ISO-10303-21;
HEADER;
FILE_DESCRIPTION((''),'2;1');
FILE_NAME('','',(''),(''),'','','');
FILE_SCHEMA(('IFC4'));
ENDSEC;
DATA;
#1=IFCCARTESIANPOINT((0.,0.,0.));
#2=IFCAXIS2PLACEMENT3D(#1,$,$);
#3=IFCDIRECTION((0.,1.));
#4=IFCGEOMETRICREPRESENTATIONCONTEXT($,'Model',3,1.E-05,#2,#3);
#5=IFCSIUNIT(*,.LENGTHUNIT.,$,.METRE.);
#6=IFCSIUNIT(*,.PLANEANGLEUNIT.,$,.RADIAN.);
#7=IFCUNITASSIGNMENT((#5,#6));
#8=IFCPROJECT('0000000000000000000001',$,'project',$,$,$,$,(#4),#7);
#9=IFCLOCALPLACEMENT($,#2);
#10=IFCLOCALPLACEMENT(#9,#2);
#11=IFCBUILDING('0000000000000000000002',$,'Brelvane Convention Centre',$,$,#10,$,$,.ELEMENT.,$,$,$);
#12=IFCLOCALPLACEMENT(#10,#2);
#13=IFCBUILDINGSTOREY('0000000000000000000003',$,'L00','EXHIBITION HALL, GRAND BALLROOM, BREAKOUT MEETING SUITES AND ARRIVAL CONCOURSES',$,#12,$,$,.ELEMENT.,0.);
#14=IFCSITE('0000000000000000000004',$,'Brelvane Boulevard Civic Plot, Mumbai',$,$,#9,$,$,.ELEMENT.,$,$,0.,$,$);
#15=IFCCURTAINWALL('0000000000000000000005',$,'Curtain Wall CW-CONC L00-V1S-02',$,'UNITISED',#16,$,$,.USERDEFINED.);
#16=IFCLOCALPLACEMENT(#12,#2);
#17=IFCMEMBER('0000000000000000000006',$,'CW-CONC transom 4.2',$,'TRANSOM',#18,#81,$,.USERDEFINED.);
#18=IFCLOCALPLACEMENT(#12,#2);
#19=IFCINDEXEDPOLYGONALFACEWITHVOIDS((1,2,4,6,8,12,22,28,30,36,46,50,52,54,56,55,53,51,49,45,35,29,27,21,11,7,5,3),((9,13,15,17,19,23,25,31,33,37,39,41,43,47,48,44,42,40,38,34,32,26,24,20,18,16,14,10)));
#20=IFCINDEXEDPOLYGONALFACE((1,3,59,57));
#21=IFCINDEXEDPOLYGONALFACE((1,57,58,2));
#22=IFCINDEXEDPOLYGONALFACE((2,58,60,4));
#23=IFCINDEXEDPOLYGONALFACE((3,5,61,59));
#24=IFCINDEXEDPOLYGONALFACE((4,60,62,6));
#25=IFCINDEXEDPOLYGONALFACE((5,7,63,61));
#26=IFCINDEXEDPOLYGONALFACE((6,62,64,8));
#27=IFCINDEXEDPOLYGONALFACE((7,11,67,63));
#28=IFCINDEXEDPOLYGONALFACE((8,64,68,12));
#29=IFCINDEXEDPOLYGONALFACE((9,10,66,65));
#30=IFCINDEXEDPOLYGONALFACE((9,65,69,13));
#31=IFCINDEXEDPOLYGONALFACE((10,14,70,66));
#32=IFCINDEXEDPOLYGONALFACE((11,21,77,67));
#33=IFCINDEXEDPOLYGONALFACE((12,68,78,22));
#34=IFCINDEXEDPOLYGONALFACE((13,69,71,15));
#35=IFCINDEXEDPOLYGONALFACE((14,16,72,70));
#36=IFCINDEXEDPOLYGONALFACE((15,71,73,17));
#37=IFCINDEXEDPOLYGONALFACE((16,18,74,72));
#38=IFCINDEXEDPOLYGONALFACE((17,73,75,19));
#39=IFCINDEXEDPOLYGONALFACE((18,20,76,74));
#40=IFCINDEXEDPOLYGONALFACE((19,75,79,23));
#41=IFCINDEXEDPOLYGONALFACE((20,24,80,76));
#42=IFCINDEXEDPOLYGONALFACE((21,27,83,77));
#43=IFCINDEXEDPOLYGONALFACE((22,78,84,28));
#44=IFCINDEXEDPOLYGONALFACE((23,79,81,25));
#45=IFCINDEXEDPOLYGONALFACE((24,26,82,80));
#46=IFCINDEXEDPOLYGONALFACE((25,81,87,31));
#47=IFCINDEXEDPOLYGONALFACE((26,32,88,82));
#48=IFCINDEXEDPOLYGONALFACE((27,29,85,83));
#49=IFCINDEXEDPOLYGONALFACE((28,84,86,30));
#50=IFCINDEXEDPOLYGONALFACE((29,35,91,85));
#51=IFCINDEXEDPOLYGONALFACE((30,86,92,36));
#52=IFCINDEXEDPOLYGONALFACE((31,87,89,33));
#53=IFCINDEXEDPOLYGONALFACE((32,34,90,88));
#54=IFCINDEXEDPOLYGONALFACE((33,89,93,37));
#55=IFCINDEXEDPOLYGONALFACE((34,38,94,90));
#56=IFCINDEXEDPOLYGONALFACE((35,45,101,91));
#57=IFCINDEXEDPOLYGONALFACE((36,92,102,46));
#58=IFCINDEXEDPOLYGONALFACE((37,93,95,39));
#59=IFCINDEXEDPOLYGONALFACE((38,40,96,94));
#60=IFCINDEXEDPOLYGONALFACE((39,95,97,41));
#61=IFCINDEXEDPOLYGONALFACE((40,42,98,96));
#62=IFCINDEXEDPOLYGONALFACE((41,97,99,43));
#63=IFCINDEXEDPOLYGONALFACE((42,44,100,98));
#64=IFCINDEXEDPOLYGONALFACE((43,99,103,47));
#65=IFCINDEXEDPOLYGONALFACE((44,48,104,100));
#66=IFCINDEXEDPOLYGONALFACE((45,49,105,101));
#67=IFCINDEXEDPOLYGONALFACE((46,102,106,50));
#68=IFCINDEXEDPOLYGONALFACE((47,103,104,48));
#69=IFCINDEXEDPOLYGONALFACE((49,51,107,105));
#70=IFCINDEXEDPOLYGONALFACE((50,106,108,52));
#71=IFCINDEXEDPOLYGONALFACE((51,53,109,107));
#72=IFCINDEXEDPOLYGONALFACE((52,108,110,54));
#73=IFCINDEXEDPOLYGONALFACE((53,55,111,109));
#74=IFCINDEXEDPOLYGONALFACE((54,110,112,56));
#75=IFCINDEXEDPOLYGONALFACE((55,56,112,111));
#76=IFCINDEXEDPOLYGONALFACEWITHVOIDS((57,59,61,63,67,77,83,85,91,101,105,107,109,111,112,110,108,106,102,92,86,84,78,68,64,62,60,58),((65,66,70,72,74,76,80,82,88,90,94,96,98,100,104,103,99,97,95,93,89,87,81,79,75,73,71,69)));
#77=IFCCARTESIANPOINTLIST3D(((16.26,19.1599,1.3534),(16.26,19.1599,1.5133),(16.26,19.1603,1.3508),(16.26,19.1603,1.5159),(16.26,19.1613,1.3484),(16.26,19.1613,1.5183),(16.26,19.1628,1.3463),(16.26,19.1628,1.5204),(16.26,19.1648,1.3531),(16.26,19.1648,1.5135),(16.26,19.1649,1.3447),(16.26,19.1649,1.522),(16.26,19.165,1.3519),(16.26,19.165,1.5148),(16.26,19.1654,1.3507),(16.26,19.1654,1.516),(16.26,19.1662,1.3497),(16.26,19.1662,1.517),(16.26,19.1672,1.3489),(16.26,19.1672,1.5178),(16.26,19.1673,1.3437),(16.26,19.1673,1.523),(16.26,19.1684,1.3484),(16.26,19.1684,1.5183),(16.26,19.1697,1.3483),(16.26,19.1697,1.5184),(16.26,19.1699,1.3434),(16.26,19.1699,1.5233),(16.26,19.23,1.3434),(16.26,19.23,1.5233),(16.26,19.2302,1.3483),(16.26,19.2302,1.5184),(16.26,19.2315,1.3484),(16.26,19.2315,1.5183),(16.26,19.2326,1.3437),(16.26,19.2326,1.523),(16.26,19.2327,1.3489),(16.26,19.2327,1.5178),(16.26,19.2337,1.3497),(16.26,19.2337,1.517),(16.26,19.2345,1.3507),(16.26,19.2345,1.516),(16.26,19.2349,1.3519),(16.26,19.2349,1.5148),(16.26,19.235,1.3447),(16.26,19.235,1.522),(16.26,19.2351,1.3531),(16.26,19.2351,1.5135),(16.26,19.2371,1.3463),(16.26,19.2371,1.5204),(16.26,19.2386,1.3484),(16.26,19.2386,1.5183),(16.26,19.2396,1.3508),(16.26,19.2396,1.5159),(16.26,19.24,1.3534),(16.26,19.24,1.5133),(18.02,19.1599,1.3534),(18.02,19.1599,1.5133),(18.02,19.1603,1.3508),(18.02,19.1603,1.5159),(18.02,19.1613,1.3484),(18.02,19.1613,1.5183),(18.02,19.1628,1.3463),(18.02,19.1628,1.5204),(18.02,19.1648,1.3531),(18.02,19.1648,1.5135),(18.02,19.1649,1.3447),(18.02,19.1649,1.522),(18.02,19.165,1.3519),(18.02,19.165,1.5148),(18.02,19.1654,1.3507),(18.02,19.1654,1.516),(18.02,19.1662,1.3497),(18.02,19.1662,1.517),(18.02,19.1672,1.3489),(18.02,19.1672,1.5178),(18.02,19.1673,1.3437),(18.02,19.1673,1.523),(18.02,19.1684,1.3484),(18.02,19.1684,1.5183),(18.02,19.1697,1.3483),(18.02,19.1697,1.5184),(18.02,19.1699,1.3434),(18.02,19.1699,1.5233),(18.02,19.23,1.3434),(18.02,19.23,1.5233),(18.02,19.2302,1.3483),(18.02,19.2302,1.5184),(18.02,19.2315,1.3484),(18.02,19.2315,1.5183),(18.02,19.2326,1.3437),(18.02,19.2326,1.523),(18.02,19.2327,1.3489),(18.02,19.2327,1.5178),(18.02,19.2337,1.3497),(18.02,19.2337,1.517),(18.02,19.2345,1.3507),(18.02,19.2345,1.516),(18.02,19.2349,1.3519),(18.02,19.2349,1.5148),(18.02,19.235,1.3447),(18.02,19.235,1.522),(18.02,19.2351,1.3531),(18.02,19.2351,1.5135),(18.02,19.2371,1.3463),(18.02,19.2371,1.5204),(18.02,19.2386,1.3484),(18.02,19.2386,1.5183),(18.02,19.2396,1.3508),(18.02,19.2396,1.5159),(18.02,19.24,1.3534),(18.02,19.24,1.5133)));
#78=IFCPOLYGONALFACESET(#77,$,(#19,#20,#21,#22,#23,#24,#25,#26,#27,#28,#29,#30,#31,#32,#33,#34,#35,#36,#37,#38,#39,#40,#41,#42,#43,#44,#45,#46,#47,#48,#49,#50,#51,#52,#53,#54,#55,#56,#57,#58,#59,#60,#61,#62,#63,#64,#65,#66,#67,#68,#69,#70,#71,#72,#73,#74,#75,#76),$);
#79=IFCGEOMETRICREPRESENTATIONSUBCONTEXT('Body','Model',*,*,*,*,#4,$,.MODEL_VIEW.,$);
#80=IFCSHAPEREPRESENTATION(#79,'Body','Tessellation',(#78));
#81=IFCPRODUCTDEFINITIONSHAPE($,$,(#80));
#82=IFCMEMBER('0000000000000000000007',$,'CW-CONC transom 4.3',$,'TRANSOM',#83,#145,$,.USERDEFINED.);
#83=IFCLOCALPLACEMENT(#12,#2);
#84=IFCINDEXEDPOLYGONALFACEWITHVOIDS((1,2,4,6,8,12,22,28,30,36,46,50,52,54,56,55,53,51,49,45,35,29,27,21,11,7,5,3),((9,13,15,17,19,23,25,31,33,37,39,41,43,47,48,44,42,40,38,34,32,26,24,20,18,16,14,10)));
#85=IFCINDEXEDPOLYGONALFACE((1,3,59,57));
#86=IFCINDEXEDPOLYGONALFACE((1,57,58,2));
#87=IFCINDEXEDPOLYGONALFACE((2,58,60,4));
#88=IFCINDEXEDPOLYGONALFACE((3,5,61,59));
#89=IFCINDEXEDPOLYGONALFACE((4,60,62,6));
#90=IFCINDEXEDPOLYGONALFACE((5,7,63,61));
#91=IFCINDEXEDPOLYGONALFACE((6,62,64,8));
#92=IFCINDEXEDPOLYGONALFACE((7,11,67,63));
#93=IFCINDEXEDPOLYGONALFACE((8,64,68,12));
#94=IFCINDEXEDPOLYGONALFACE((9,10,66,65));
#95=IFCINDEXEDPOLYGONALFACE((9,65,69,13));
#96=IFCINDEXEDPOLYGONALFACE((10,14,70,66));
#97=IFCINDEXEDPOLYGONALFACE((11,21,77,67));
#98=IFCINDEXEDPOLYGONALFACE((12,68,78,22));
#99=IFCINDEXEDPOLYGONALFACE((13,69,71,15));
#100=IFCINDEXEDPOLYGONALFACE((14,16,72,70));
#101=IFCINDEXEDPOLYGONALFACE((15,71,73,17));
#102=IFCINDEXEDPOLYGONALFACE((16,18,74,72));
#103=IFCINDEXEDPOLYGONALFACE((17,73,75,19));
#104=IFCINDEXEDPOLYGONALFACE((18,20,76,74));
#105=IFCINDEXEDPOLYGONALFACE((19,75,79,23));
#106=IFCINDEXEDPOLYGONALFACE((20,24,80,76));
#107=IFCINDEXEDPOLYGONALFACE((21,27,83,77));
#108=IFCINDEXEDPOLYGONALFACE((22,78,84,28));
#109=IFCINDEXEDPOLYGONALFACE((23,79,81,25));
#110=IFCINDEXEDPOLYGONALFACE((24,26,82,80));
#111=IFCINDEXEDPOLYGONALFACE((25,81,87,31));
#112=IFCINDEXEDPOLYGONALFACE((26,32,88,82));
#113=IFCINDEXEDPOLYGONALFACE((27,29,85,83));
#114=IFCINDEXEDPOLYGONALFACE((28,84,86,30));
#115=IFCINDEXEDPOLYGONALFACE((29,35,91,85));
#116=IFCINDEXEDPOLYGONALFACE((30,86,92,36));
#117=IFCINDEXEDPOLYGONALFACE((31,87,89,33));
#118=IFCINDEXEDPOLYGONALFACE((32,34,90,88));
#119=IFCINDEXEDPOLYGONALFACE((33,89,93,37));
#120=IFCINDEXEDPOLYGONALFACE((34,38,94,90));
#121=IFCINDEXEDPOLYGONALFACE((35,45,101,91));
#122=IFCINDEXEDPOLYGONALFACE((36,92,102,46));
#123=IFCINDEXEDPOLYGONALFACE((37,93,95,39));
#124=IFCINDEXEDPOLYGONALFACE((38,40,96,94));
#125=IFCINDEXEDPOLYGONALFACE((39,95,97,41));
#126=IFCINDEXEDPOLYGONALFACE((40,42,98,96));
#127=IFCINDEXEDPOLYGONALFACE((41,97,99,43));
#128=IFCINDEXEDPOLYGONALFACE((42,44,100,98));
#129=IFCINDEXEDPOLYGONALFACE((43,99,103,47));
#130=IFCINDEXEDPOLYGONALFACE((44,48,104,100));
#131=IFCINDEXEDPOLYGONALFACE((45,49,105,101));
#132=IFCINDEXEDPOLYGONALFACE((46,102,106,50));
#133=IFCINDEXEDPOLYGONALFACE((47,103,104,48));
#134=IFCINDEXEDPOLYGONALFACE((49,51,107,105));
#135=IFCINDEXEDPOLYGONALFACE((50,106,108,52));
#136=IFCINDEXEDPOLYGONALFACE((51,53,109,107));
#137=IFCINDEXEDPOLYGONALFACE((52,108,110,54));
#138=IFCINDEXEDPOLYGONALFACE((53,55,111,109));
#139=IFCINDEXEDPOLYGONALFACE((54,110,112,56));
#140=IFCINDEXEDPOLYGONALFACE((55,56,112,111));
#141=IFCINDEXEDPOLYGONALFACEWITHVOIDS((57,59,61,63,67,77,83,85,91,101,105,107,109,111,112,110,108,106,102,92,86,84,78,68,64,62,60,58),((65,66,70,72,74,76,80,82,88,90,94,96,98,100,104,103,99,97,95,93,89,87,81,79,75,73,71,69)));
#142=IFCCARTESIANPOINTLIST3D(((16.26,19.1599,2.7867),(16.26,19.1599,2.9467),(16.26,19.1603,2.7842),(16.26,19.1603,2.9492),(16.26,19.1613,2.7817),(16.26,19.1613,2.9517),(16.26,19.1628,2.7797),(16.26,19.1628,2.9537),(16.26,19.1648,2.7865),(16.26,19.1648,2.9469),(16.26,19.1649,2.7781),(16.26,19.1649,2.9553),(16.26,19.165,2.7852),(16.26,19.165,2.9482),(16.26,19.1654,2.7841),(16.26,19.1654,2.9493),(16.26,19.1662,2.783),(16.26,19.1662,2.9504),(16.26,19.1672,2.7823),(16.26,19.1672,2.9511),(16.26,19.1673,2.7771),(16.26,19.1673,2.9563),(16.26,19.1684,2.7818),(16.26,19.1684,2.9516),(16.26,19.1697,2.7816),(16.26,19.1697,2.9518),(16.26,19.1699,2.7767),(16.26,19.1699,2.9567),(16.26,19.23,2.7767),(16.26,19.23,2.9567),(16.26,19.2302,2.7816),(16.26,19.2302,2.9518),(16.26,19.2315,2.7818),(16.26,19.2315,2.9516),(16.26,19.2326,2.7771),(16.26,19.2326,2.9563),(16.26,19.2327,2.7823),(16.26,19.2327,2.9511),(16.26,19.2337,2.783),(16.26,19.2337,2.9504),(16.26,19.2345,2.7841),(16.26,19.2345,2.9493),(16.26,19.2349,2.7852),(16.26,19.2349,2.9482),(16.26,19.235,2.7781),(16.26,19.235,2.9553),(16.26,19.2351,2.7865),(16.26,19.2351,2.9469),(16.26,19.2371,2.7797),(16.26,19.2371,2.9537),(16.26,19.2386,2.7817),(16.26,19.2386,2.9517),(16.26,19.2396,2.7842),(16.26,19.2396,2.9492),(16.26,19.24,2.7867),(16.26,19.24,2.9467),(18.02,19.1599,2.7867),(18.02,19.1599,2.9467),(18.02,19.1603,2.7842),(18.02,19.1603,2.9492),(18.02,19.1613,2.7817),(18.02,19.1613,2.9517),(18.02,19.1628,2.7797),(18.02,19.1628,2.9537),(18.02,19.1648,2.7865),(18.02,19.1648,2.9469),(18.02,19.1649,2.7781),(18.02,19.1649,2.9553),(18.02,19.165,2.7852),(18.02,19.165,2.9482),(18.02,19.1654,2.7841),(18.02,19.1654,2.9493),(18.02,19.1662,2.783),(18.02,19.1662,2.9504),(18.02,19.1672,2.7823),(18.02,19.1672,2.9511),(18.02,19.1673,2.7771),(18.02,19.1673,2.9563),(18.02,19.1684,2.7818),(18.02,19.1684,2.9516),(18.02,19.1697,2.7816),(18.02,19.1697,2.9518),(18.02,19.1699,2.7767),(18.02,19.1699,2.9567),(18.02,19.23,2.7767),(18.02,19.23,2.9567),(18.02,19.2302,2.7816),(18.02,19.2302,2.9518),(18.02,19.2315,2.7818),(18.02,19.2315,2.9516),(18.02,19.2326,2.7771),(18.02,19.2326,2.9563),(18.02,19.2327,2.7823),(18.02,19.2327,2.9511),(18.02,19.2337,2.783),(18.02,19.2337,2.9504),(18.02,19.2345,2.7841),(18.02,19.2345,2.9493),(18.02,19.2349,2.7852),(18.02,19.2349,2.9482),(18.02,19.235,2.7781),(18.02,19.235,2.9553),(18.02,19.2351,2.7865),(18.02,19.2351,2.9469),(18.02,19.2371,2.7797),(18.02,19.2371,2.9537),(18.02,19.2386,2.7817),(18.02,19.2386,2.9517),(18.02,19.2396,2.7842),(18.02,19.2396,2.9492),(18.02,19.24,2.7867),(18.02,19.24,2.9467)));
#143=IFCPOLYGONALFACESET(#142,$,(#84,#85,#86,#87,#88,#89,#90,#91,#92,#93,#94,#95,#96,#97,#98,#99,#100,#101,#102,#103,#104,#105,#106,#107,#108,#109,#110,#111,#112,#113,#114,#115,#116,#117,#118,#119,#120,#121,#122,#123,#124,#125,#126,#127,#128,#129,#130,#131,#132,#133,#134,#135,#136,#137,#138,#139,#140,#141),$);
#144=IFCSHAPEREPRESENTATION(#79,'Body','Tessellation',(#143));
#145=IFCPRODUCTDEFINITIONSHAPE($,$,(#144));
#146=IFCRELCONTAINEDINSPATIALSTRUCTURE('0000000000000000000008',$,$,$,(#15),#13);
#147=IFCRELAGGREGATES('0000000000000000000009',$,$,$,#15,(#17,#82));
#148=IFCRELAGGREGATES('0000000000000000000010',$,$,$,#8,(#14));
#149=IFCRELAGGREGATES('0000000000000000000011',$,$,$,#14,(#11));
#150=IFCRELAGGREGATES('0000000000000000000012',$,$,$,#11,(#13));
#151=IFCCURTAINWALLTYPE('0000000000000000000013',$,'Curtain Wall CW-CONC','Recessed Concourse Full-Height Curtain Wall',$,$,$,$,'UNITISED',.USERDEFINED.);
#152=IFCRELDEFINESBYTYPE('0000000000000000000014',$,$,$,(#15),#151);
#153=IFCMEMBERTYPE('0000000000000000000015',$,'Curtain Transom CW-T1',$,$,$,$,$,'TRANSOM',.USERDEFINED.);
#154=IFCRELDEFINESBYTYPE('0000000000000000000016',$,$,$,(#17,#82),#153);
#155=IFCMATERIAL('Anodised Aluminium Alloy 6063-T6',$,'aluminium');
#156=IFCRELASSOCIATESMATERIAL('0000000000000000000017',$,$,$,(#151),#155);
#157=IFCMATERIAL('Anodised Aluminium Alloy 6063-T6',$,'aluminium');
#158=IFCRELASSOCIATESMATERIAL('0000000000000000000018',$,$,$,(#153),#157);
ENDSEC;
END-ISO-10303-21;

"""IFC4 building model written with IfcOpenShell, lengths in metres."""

from ifc_helpers import new_model, si_unit, direction, frame, origin, origin_2d, place, context, subcontext, project, spatial, hollow_rectangle, extrude, material, material_profile, profile_set, type_object, element, aggregate, save


model = new_model("IFC4")

# Units and contexts
model_context = context("Model", 3, precision=1e-05, world=origin(), true_north=direction((0.0, 1.0)))
body_context = subcontext(model_context, "Body", "Model", "MODEL_VIEW")
ifc_project = project(units=[si_unit("LENGTHUNIT", "METRE"), si_unit("PLANEANGLEUNIT", "RADIAN")], contexts=[model_context])

# Site, building, storey
site_placement = place(None, origin())
site = spatial("IfcSite", under=ifc_project, at=site_placement, Name="Brelvane Boulevard Civic Plot, Mumbai", CompositionType="ELEMENT", RefElevation=0.0)
building_placement = place(site_placement, origin())
building = spatial("IfcBuilding", under=site, at=building_placement, Name="Brelvane Convention Centre", CompositionType="ELEMENT")
storey_placement = place(building_placement, origin())
storey = spatial("IfcBuildingStorey", under=building, at=storey_placement, Name="L00", Description="EXHIBITION HALL, GRAND BALLROOM, BREAKOUT MEETING SUITES AND ARRIVAL CONCOURSES", CompositionType="ELEMENT", Elevation=0.0)

# Curtain wall, members
ifc_material_1 = material(Name="Anodised Aluminium Alloy 6063-T6", Category="aluminium")
curtain_wall_type = type_object("IfcCurtainWallType", Name="Curtain Wall CW-CONC", Description="Recessed Concourse Full-Height Curtain Wall", ElementType="UNITISED", PredefinedType="USERDEFINED", material=ifc_material_1)
curtain_wall_placement = place(storey_placement, origin())
curtain_wall = element("IfcCurtainWall", 1, at=curtain_wall_placement, inside=storey, type_object=curtain_wall_type, Name="Curtain Wall CW-CONC L00-V1S-02", ObjectType="UNITISED", PredefinedType="USERDEFINED")
ifc_material_2 = material(Name="Anodised Aluminium Alloy 6063-T6", Category="aluminium")
ifc_material_profile_1 = material_profile(ifc_material_2, hollow_rectangle(XDim=0.0801, YDim=0.1799, WallThickness=0.0049, InnerFilletRadius=0.0049, OuterFilletRadius=0.01, at=origin_2d()), Name="ALU-T 180x80x5.0")
ifc_profile_set_1 = profile_set([ifc_material_profile_1], Name="Anodised Aluminium Alloy 6063-T6")
member_type_1 = type_object("IfcMemberType", Name="Curtain Transom CW-T1", ElementType="TRANSOM", PredefinedType="USERDEFINED", material=ifc_profile_set_1)
member_1_placement = place(storey_placement, frame((16.26, 19.2, 1.4333), z_axis=(1.0, 0.0, 0.0), x_axis=(0.0, 1.0, 0.0)))
member_1 = element("IfcMember", 2, at=member_1_placement, type_object=member_type_1, Name="CW-CONC transom 4.2", ObjectType="TRANSOM", PredefinedType="USERDEFINED", context=body_context, shape_type="SweptSolid", body=[
    extrude(hollow_rectangle(XDim=0.0801, YDim=0.1799, WallThickness=0.0049, InnerFilletRadius=0.0049, OuterFilletRadius=0.01, at=origin_2d()), origin(), (0.0, 0.0, 1.0), 1.76),
])
member_2_placement = place(storey_placement, frame((16.26, 19.2, 2.8667), z_axis=(1.0, 0.0, 0.0), x_axis=(0.0, 1.0, 0.0)))
member_2 = element("IfcMember", 3, at=member_2_placement, type_object=member_type_1, Name="CW-CONC transom 4.3", ObjectType="TRANSOM", PredefinedType="USERDEFINED", context=body_context, shape_type="SweptSolid", body=[
    extrude(hollow_rectangle(XDim=0.0801, YDim=0.1799, WallThickness=0.0049, InnerFilletRadius=0.0049, OuterFilletRadius=0.01, at=origin_2d()), origin(), (0.0, 0.0, 1.0), 1.76),
])

aggregate(curtain_wall, [member_1, member_2])

save(model, "model.ifc")
